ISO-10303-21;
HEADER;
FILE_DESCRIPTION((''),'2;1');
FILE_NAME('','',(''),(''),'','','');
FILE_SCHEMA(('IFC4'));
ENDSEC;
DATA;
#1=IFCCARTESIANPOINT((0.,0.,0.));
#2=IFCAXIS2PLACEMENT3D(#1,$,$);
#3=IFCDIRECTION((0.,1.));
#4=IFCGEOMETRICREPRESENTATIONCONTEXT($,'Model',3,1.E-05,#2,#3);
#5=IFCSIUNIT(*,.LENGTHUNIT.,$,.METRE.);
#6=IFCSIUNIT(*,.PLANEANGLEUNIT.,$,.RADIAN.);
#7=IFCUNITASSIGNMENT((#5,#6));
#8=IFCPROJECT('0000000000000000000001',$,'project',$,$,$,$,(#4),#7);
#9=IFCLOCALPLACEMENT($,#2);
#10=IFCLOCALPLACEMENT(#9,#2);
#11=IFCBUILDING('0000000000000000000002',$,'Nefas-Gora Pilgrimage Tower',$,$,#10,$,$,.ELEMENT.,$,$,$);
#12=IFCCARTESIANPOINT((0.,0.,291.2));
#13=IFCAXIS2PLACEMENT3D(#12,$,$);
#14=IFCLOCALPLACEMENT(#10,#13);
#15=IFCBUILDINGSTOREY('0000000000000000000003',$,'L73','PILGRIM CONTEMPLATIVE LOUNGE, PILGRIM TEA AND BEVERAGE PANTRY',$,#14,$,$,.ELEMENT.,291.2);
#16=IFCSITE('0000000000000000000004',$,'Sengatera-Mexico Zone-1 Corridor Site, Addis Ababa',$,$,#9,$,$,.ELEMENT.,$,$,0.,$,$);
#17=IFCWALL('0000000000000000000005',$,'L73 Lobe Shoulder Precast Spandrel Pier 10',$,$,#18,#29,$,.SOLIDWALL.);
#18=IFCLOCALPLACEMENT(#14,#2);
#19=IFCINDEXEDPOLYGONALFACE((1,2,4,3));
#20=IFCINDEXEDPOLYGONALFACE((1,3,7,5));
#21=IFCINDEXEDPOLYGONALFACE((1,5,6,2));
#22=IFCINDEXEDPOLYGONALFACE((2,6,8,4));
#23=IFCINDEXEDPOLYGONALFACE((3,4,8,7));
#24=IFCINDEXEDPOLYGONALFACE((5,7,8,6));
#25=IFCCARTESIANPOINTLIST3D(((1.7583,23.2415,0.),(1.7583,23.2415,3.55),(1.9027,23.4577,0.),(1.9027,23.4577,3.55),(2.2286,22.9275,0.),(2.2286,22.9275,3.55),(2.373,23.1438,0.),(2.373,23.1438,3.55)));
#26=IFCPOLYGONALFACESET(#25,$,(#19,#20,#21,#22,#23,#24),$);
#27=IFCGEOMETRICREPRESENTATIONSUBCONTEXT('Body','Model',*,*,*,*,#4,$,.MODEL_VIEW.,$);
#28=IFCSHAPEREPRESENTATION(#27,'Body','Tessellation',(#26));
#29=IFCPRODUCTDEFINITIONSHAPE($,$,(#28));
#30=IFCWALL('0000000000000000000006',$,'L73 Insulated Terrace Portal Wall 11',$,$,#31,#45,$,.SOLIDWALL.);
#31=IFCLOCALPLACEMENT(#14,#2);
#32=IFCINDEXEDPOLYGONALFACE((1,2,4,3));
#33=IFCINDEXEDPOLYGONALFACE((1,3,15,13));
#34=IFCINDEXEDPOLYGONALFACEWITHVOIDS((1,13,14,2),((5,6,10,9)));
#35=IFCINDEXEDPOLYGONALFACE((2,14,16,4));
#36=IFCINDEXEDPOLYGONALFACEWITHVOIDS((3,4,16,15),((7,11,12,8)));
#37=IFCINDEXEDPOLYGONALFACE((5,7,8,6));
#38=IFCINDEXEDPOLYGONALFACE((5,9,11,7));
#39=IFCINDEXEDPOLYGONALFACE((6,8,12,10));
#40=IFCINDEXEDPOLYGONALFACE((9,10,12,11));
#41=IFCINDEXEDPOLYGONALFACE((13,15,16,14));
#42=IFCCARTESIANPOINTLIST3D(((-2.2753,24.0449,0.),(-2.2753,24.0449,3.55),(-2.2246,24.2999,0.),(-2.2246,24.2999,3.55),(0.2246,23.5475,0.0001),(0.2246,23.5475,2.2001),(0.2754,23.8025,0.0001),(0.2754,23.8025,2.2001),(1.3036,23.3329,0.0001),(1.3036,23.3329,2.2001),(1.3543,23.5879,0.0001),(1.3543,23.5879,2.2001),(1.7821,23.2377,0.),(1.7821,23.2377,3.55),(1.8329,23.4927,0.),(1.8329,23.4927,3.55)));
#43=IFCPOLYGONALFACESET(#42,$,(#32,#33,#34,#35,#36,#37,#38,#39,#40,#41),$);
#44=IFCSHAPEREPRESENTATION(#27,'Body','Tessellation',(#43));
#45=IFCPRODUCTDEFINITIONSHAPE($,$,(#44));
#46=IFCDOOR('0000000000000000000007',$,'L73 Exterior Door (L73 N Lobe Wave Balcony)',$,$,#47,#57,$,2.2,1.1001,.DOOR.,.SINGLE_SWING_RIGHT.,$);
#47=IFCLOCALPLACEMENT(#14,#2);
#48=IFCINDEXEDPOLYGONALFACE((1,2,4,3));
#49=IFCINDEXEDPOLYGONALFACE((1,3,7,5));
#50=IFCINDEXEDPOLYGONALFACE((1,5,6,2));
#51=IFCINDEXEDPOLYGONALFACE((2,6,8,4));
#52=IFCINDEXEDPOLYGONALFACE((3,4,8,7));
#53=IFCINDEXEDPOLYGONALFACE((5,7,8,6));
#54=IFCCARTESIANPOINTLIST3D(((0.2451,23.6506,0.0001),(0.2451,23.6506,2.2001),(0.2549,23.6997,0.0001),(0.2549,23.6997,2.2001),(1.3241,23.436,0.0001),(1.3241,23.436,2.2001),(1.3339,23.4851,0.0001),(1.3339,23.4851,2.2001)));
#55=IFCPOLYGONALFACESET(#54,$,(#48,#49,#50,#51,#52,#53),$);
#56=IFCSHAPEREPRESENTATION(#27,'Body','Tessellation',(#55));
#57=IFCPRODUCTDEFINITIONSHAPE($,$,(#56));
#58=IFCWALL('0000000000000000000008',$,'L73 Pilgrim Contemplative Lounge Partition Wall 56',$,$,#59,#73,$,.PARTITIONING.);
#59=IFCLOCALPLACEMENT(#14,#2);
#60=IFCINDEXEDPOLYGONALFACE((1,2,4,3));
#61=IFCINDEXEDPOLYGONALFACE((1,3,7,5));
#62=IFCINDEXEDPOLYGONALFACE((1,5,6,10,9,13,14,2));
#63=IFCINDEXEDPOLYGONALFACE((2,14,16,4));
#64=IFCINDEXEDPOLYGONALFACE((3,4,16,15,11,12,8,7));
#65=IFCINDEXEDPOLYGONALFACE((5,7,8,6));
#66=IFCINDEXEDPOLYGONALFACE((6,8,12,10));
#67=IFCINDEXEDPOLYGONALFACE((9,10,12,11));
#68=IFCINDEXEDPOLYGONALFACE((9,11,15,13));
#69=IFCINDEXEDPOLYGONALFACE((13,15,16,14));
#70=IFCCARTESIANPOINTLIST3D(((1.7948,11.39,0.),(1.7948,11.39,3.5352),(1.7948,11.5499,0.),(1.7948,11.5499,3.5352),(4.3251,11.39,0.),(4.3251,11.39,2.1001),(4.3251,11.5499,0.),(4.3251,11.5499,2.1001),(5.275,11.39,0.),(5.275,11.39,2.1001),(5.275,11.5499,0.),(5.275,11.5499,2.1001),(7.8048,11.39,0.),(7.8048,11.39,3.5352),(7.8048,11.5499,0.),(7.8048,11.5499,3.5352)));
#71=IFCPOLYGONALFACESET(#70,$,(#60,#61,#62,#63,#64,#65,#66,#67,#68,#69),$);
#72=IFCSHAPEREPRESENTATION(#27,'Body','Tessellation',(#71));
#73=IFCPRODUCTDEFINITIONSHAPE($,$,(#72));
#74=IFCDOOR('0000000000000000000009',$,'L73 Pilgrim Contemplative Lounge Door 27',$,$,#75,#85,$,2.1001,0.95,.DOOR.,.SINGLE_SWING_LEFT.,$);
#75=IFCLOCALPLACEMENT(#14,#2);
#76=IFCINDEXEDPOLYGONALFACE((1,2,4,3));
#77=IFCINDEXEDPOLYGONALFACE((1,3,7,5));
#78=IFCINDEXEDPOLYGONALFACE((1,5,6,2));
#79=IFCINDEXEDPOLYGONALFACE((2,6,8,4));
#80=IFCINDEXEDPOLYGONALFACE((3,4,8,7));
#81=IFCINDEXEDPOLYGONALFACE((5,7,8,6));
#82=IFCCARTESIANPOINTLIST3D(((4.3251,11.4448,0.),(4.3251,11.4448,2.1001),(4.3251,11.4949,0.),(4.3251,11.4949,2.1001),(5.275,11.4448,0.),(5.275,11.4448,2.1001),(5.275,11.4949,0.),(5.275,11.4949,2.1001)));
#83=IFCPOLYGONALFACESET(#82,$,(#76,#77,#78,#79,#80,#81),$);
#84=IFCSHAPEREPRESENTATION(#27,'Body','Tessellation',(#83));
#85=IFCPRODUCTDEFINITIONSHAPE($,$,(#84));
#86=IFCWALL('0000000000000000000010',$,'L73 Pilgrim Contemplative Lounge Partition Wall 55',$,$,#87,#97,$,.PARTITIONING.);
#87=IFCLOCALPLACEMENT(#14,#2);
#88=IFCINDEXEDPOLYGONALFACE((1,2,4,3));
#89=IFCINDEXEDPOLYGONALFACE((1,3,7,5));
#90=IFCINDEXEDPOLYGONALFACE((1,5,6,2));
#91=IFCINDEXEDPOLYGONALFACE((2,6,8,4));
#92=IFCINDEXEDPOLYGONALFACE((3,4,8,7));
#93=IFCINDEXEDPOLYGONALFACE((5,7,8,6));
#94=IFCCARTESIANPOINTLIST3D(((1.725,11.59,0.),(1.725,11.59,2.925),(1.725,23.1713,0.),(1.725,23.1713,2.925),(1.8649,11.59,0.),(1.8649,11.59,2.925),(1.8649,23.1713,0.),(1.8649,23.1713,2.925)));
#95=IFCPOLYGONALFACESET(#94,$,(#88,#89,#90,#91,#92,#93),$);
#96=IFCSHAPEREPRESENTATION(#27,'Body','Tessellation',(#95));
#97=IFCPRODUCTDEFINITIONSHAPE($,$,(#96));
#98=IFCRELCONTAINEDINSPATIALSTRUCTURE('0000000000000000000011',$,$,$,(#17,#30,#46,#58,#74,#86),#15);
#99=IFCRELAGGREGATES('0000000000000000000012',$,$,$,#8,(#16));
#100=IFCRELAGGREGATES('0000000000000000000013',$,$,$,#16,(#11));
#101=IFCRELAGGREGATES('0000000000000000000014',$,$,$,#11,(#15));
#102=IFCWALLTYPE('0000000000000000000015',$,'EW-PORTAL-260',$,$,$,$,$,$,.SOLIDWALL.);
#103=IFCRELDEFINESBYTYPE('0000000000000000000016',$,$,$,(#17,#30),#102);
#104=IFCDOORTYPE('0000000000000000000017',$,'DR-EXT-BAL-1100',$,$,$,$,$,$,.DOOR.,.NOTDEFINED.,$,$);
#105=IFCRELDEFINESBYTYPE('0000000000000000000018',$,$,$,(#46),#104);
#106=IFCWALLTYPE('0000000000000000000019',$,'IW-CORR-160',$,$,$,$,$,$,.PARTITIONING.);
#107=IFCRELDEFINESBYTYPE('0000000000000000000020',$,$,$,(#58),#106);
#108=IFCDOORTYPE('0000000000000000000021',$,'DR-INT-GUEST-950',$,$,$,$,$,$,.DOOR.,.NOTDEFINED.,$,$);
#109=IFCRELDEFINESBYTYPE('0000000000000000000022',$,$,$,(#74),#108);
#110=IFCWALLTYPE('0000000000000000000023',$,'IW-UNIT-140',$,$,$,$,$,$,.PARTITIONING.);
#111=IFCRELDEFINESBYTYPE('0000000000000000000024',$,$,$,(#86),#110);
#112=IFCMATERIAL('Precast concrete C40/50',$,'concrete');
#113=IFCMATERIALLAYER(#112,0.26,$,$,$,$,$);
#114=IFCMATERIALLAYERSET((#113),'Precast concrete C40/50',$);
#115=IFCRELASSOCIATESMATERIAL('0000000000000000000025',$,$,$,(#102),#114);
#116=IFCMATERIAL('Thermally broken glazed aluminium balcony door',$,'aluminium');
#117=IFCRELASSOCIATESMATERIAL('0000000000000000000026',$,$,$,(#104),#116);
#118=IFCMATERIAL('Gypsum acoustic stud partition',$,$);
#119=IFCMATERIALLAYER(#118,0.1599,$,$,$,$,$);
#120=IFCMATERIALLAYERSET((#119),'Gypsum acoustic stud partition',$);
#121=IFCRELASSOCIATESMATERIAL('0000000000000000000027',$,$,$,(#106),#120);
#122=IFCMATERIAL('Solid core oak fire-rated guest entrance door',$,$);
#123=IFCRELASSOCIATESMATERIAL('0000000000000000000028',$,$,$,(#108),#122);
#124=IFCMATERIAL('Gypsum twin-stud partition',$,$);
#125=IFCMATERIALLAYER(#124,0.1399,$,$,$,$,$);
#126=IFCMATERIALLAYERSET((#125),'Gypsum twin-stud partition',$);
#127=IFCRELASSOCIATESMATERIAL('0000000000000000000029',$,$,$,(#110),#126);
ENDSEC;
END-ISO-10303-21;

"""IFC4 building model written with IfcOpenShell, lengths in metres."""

from ifc_helpers import new_model, si_unit, direction, frame, frame_2d, origin, place, context, subcontext, project, spatial, rectangle, extrude, source, transform, mapped, material, layer, layer_set, type_object, element, fill, save


model = new_model("IFC4")

# Units and contexts
model_context = context("Model", 3, precision=1e-05, world=origin(), true_north=direction((0.0, 1.0)))
body_context = subcontext(model_context, "Body", "Model", "MODEL_VIEW")
ifc_project = project(units=[si_unit("LENGTHUNIT", "METRE"), si_unit("PLANEANGLEUNIT", "RADIAN")], contexts=[model_context])

# Site, building, storey
site_placement = place(None, origin())
site = spatial("IfcSite", under=ifc_project, at=site_placement, Name="Sengatera-Mexico Zone-1 Corridor Site, Addis Ababa", CompositionType="ELEMENT", RefElevation=0.0)
building_placement = place(site_placement, origin())
building = spatial("IfcBuilding", under=site, at=building_placement, Name="Nefas-Gora Pilgrimage Tower", CompositionType="ELEMENT")
storey_placement = place(building_placement, frame((0.0, 0.0, 291.2)))
storey = spatial("IfcBuildingStorey", under=building, at=storey_placement, Name="L73", Description="PILGRIM CONTEMPLATIVE LOUNGE, PILGRIM TEA AND BEVERAGE PANTRY", CompositionType="ELEMENT", Elevation=291.2)

# Wall
ifc_material_1 = material(Name="Precast concrete C40/50", Category="concrete")
ifc_layer_1 = layer(ifc_material_1, 0.26)
ifc_layer_set_1 = layer_set([ifc_layer_1], Name="Precast concrete C40/50")
wall_type_1 = type_object("IfcWallType", Name="EW-PORTAL-260", PredefinedType="SOLIDWALL", material=ifc_layer_set_1)
shared_shape_1 = source(origin(), body_context, "Body", "SweptSolid", [
    extrude(rectangle(XDim=0.5654, YDim=0.26, at=frame_2d((0.2827, 0.0))), origin(), (0.0, 0.0, 1.0), 3.55),
])
wall_1_placement = place(storey_placement, frame((2.3008, 23.0356, 0.0), z_axis=(0.0, 0.0, 1.0), x_axis=(-0.831651, 0.555298, 0.0)))
element("IfcWall", 1, at=wall_1_placement, inside=storey, type_object=wall_type_1, Name="L73 Lobe Shoulder Precast Spandrel Pier 10", PredefinedType="SOLIDWALL", context=body_context, shape_type="MappedRepresentation", body=[
    mapped(shared_shape_1, transform((0.0, 0.0, 0.0), x_axis=(1.0, 0.0, 0.0), y_axis=(0.0, 1.0, 0.0), z_axis=(0.0, 0.0, 1.0), scale=1.0)),
])

# Walls, openings, doors
shared_shape_2 = source(origin(), body_context, "Body", "SweptSolid", [
    extrude(rectangle(XDim=4.137, YDim=0.26, at=frame_2d((2.0684, 0.0))), origin(), (0.0, 0.0, 1.0), 3.55),
])
wall_2_placement = place(storey_placement, frame((1.8074, 23.3652, 0.0), z_axis=(0.0, 0.0, 1.0), x_axis=(-0.980782, 0.195106, 0.0)))
wall_2 = element("IfcWall", 2, at=wall_2_placement, inside=storey, type_object=wall_type_1, Name="L73 Insulated Terrace Portal Wall 11", PredefinedType="SOLIDWALL", context=body_context, shape_type="MappedRepresentation", body=[
    mapped(shared_shape_2, transform((0.0, 0.0, 0.0), x_axis=(1.0, 0.0, 0.0), y_axis=(0.0, 1.0, 0.0), z_axis=(0.0, 0.0, 1.0), scale=1.0)),
])
opening_1_placement = place(wall_2_placement, frame((0.4878, 0.0, 0.0)))
opening_1 = element("IfcOpeningElement", 3, at=opening_1_placement, cuts=wall_2, PredefinedType="OPENING", context=body_context, shape_type="SweptSolid", body=[
    extrude(rectangle(XDim=1.1001, YDim=2.2, at=frame_2d((0.55, 1.1001))), frame((0.0, 0.1399, 0.0), z_axis=(0.0, -1.0, 0.0), x_axis=(1.0, 0.0, 0.0)), (0.0, 0.0, 1.0), 0.28),
])
ifc_material_2 = material(Name="Thermally broken glazed aluminium balcony door", Category="aluminium")
door_type_1 = type_object("IfcDoorType", Name="DR-EXT-BAL-1100", OperationType="NOTDEFINED", PredefinedType="DOOR", material=ifc_material_2)
shared_shape_3 = source(origin(), body_context, "Body", "SweptSolid", [
    extrude(rectangle(XDim=1.1001, YDim=2.2, at=frame_2d((0.55, 1.1001))), frame((0.0, 0.0249, 0.0), z_axis=(0.0, -1.0, 0.0), x_axis=(1.0, 0.0, 0.0)), (0.0, 0.0, 1.0), 0.05),
])
door_1_placement = place(opening_1_placement, origin())
door_1 = element("IfcDoor", 4, at=door_1_placement, inside=storey, type_object=door_type_1, Name="L73 Exterior Door (L73 N Lobe Wave Balcony)", OperationType="SINGLE_SWING_RIGHT", OverallHeight=2.2, OverallWidth=1.1001, PredefinedType="DOOR", context=body_context, shape_type="MappedRepresentation", body=[
    mapped(shared_shape_3, transform((0.0, 0.0, 0.0), x_axis=(1.0, 0.0, 0.0), y_axis=(0.0, 1.0, 0.0), z_axis=(0.0, 0.0, 1.0), scale=1.0)),
])
fill(opening_1, door_1)
ifc_material_3 = material(Name="Gypsum acoustic stud partition")
ifc_layer_2 = layer(ifc_material_3, 0.1599)
ifc_layer_set_2 = layer_set([ifc_layer_2], Name="Gypsum acoustic stud partition")
wall_type_2 = type_object("IfcWallType", Name="IW-CORR-160", PredefinedType="PARTITIONING", material=ifc_layer_set_2)
shared_shape_4 = source(origin(), body_context, "Body", "SweptSolid", [
    extrude(rectangle(XDim=6.01, YDim=0.1599, at=frame_2d((3.0049, 0.0))), origin(), (0.0, 0.0, 1.0), 3.5352),
])
wall_3_placement = place(storey_placement, frame((1.7949, 11.47, 0.0), z_axis=(0.0, 0.0, 1.0), x_axis=(1.0, 0.0, 0.0)))
wall_3 = element("IfcWall", 5, at=wall_3_placement, inside=storey, type_object=wall_type_2, Name="L73 Pilgrim Contemplative Lounge Partition Wall 56", PredefinedType="PARTITIONING", context=body_context, shape_type="MappedRepresentation", body=[
    mapped(shared_shape_4, transform((0.0, 0.0, 0.0), x_axis=(1.0, 0.0, 0.0), y_axis=(0.0, 1.0, 0.0), z_axis=(0.0, 0.0, 1.0), scale=1.0)),
])
opening_2_placement = place(wall_3_placement, frame((2.53, 0.0, 0.0)))
opening_2 = element("IfcOpeningElement", 6, at=opening_2_placement, cuts=wall_3, PredefinedType="OPENING", context=body_context, shape_type="SweptSolid", body=[
    extrude(rectangle(XDim=0.95, YDim=2.1001, at=frame_2d((0.4751, 1.05))), frame((0.0, 0.0898, 0.0), z_axis=(0.0, -1.0, 0.0), x_axis=(1.0, 0.0, 0.0)), (0.0, 0.0, 1.0), 0.1799),
])
ifc_material_4 = material(Name="Solid core oak fire-rated guest entrance door")
door_type_2 = type_object("IfcDoorType", Name="DR-INT-GUEST-950", OperationType="NOTDEFINED", PredefinedType="DOOR", material=ifc_material_4)
shared_shape_5 = source(origin(), body_context, "Body", "SweptSolid", [
    extrude(rectangle(XDim=0.95, YDim=2.1001, at=frame_2d((0.4751, 1.05))), frame((0.0, 0.0249, 0.0), z_axis=(0.0, -1.0, 0.0), x_axis=(1.0, 0.0, 0.0)), (0.0, 0.0, 1.0), 0.05),
])
door_2_placement = place(opening_2_placement, origin())
door_2 = element("IfcDoor", 7, at=door_2_placement, inside=storey, type_object=door_type_2, Name="L73 Pilgrim Contemplative Lounge Door 27", OperationType="SINGLE_SWING_LEFT", OverallHeight=2.1001, OverallWidth=0.95, PredefinedType="DOOR", context=body_context, shape_type="MappedRepresentation", body=[
    mapped(shared_shape_5, transform((0.0, 0.0, 0.0), x_axis=(1.0, 0.0, 0.0), y_axis=(0.0, 1.0, 0.0), z_axis=(0.0, 0.0, 1.0), scale=1.0)),
])
fill(opening_2, door_2)

# Wall
ifc_material_5 = material(Name="Gypsum twin-stud partition")
ifc_layer_3 = layer(ifc_material_5, 0.1399)
ifc_layer_set_3 = layer_set([ifc_layer_3], Name="Gypsum twin-stud partition")
wall_type_3 = type_object("IfcWallType", Name="IW-UNIT-140", PredefinedType="PARTITIONING", material=ifc_layer_set_3)
shared_shape_6 = source(origin(), body_context, "Body", "SweptSolid", [
    extrude(rectangle(XDim=11.5813, YDim=0.1399, at=frame_2d((5.7905, 0.0))), origin(), (0.0, 0.0, 1.0), 2.925),
])
wall_4_placement = place(storey_placement, frame((1.7949, 11.5901, 0.0), z_axis=(0.0, 0.0, 1.0), x_axis=(0.0, 1.0, 0.0)))
element("IfcWall", 8, at=wall_4_placement, inside=storey, type_object=wall_type_3, Name="L73 Pilgrim Contemplative Lounge Partition Wall 55", PredefinedType="PARTITIONING", context=body_context, shape_type="MappedRepresentation", body=[
    mapped(shared_shape_6, transform((0.0, 0.0, 0.0), x_axis=(1.0, 0.0, 0.0), y_axis=(0.0, 1.0, 0.0), z_axis=(0.0, 0.0, 1.0), scale=1.0)),
])

save(model, "model.ifc")
